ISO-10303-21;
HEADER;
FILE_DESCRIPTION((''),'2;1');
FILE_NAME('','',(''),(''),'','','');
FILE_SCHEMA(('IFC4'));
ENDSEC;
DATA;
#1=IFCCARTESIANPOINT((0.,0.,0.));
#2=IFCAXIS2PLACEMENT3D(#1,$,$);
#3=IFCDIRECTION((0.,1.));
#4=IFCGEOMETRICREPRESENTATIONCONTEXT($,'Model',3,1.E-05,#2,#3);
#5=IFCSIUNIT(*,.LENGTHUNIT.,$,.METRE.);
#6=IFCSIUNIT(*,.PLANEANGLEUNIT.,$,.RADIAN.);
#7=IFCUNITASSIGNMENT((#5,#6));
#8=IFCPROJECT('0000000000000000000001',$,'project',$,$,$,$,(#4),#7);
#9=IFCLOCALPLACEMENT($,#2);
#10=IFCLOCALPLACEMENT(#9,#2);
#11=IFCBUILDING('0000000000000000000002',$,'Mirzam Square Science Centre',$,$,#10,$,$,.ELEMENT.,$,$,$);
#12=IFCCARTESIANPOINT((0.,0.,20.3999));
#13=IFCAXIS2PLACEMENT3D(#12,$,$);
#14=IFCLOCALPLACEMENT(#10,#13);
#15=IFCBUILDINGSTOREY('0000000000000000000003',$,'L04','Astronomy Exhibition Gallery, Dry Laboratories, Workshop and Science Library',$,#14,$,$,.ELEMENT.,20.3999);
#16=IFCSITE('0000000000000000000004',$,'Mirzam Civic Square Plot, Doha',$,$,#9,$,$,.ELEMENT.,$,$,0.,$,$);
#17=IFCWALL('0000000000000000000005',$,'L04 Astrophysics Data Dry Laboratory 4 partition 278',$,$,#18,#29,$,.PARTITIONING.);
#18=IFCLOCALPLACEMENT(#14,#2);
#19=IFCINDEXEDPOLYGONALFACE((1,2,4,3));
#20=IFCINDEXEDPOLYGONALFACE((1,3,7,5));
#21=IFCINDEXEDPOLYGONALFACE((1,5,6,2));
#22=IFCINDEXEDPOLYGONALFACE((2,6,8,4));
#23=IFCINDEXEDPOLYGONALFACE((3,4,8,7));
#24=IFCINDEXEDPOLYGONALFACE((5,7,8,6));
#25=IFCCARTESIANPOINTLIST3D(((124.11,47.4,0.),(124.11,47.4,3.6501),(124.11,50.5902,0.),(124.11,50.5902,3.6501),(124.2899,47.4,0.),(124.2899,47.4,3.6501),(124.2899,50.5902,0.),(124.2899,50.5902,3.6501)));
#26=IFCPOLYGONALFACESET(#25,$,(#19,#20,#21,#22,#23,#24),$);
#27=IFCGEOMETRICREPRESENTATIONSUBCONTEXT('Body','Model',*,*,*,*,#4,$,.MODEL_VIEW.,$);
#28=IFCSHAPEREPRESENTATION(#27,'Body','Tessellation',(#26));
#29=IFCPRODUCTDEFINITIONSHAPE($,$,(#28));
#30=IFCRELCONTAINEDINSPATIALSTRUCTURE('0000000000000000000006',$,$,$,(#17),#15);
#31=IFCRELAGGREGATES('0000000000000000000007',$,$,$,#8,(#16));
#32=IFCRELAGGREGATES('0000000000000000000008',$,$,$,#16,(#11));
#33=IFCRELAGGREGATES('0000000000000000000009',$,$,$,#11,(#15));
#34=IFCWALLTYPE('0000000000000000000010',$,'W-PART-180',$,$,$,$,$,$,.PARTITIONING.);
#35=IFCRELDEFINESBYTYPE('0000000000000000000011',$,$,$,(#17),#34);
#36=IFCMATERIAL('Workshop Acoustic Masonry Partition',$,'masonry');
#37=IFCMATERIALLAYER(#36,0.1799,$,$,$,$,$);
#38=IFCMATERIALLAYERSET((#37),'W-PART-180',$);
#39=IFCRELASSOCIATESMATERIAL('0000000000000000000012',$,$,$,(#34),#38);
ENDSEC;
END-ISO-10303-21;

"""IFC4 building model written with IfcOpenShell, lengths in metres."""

from ifc_helpers import new_model, si_unit, direction, frame, frame_2d, origin, place, context, subcontext, project, spatial, rectangle, extrude, material, layer, layer_set, type_object, element, save


model = new_model("IFC4")

# Units and contexts
model_context = context("Model", 3, precision=1e-05, world=origin(), true_north=direction((0.0, 1.0)))
body_context = subcontext(model_context, "Body", "Model", "MODEL_VIEW")
ifc_project = project(units=[si_unit("LENGTHUNIT", "METRE"), si_unit("PLANEANGLEUNIT", "RADIAN")], contexts=[model_context])

# Site, building, storey
site_placement = place(None, origin())
site = spatial("IfcSite", under=ifc_project, at=site_placement, Name="Mirzam Civic Square Plot, Doha", CompositionType="ELEMENT", RefElevation=0.0)
building_placement = place(site_placement, origin())
building = spatial("IfcBuilding", under=site, at=building_placement, Name="Mirzam Square Science Centre", CompositionType="ELEMENT")
storey_placement = place(building_placement, frame((0.0, 0.0, 20.3999)))
storey = spatial("IfcBuildingStorey", under=building, at=storey_placement, Name="L04", Description="Astronomy Exhibition Gallery, Dry Laboratories, Workshop and Science Library", CompositionType="ELEMENT", Elevation=20.3999)

# Wall
ifc_material_1 = material(Name="Workshop Acoustic Masonry Partition", Category="masonry")
ifc_layer_1 = layer(ifc_material_1, 0.1799)
ifc_layer_set_1 = layer_set([ifc_layer_1], Name="W-PART-180")
wall_type_1 = type_object("IfcWallType", Name="W-PART-180", PredefinedType="PARTITIONING", material=ifc_layer_set_1)
wall_1_placement = place(storey_placement, frame((124.2, 47.3999, 0.0), z_axis=(0.0, 0.0, 1.0), x_axis=(0.0, 1.0, 0.0)))
element("IfcWall", 1, at=wall_1_placement, inside=storey, type_object=wall_type_1, Name="L04 Astrophysics Data Dry Laboratory 4 partition 278", PredefinedType="PARTITIONING", context=body_context, shape_type="SweptSolid", body=[
    extrude(rectangle(XDim=3.1902, YDim=0.1799, at=frame_2d((1.5952, 0.0))), origin(), (0.0, 0.0, 1.0), 3.6501),
])

save(model, "model.ifc")
